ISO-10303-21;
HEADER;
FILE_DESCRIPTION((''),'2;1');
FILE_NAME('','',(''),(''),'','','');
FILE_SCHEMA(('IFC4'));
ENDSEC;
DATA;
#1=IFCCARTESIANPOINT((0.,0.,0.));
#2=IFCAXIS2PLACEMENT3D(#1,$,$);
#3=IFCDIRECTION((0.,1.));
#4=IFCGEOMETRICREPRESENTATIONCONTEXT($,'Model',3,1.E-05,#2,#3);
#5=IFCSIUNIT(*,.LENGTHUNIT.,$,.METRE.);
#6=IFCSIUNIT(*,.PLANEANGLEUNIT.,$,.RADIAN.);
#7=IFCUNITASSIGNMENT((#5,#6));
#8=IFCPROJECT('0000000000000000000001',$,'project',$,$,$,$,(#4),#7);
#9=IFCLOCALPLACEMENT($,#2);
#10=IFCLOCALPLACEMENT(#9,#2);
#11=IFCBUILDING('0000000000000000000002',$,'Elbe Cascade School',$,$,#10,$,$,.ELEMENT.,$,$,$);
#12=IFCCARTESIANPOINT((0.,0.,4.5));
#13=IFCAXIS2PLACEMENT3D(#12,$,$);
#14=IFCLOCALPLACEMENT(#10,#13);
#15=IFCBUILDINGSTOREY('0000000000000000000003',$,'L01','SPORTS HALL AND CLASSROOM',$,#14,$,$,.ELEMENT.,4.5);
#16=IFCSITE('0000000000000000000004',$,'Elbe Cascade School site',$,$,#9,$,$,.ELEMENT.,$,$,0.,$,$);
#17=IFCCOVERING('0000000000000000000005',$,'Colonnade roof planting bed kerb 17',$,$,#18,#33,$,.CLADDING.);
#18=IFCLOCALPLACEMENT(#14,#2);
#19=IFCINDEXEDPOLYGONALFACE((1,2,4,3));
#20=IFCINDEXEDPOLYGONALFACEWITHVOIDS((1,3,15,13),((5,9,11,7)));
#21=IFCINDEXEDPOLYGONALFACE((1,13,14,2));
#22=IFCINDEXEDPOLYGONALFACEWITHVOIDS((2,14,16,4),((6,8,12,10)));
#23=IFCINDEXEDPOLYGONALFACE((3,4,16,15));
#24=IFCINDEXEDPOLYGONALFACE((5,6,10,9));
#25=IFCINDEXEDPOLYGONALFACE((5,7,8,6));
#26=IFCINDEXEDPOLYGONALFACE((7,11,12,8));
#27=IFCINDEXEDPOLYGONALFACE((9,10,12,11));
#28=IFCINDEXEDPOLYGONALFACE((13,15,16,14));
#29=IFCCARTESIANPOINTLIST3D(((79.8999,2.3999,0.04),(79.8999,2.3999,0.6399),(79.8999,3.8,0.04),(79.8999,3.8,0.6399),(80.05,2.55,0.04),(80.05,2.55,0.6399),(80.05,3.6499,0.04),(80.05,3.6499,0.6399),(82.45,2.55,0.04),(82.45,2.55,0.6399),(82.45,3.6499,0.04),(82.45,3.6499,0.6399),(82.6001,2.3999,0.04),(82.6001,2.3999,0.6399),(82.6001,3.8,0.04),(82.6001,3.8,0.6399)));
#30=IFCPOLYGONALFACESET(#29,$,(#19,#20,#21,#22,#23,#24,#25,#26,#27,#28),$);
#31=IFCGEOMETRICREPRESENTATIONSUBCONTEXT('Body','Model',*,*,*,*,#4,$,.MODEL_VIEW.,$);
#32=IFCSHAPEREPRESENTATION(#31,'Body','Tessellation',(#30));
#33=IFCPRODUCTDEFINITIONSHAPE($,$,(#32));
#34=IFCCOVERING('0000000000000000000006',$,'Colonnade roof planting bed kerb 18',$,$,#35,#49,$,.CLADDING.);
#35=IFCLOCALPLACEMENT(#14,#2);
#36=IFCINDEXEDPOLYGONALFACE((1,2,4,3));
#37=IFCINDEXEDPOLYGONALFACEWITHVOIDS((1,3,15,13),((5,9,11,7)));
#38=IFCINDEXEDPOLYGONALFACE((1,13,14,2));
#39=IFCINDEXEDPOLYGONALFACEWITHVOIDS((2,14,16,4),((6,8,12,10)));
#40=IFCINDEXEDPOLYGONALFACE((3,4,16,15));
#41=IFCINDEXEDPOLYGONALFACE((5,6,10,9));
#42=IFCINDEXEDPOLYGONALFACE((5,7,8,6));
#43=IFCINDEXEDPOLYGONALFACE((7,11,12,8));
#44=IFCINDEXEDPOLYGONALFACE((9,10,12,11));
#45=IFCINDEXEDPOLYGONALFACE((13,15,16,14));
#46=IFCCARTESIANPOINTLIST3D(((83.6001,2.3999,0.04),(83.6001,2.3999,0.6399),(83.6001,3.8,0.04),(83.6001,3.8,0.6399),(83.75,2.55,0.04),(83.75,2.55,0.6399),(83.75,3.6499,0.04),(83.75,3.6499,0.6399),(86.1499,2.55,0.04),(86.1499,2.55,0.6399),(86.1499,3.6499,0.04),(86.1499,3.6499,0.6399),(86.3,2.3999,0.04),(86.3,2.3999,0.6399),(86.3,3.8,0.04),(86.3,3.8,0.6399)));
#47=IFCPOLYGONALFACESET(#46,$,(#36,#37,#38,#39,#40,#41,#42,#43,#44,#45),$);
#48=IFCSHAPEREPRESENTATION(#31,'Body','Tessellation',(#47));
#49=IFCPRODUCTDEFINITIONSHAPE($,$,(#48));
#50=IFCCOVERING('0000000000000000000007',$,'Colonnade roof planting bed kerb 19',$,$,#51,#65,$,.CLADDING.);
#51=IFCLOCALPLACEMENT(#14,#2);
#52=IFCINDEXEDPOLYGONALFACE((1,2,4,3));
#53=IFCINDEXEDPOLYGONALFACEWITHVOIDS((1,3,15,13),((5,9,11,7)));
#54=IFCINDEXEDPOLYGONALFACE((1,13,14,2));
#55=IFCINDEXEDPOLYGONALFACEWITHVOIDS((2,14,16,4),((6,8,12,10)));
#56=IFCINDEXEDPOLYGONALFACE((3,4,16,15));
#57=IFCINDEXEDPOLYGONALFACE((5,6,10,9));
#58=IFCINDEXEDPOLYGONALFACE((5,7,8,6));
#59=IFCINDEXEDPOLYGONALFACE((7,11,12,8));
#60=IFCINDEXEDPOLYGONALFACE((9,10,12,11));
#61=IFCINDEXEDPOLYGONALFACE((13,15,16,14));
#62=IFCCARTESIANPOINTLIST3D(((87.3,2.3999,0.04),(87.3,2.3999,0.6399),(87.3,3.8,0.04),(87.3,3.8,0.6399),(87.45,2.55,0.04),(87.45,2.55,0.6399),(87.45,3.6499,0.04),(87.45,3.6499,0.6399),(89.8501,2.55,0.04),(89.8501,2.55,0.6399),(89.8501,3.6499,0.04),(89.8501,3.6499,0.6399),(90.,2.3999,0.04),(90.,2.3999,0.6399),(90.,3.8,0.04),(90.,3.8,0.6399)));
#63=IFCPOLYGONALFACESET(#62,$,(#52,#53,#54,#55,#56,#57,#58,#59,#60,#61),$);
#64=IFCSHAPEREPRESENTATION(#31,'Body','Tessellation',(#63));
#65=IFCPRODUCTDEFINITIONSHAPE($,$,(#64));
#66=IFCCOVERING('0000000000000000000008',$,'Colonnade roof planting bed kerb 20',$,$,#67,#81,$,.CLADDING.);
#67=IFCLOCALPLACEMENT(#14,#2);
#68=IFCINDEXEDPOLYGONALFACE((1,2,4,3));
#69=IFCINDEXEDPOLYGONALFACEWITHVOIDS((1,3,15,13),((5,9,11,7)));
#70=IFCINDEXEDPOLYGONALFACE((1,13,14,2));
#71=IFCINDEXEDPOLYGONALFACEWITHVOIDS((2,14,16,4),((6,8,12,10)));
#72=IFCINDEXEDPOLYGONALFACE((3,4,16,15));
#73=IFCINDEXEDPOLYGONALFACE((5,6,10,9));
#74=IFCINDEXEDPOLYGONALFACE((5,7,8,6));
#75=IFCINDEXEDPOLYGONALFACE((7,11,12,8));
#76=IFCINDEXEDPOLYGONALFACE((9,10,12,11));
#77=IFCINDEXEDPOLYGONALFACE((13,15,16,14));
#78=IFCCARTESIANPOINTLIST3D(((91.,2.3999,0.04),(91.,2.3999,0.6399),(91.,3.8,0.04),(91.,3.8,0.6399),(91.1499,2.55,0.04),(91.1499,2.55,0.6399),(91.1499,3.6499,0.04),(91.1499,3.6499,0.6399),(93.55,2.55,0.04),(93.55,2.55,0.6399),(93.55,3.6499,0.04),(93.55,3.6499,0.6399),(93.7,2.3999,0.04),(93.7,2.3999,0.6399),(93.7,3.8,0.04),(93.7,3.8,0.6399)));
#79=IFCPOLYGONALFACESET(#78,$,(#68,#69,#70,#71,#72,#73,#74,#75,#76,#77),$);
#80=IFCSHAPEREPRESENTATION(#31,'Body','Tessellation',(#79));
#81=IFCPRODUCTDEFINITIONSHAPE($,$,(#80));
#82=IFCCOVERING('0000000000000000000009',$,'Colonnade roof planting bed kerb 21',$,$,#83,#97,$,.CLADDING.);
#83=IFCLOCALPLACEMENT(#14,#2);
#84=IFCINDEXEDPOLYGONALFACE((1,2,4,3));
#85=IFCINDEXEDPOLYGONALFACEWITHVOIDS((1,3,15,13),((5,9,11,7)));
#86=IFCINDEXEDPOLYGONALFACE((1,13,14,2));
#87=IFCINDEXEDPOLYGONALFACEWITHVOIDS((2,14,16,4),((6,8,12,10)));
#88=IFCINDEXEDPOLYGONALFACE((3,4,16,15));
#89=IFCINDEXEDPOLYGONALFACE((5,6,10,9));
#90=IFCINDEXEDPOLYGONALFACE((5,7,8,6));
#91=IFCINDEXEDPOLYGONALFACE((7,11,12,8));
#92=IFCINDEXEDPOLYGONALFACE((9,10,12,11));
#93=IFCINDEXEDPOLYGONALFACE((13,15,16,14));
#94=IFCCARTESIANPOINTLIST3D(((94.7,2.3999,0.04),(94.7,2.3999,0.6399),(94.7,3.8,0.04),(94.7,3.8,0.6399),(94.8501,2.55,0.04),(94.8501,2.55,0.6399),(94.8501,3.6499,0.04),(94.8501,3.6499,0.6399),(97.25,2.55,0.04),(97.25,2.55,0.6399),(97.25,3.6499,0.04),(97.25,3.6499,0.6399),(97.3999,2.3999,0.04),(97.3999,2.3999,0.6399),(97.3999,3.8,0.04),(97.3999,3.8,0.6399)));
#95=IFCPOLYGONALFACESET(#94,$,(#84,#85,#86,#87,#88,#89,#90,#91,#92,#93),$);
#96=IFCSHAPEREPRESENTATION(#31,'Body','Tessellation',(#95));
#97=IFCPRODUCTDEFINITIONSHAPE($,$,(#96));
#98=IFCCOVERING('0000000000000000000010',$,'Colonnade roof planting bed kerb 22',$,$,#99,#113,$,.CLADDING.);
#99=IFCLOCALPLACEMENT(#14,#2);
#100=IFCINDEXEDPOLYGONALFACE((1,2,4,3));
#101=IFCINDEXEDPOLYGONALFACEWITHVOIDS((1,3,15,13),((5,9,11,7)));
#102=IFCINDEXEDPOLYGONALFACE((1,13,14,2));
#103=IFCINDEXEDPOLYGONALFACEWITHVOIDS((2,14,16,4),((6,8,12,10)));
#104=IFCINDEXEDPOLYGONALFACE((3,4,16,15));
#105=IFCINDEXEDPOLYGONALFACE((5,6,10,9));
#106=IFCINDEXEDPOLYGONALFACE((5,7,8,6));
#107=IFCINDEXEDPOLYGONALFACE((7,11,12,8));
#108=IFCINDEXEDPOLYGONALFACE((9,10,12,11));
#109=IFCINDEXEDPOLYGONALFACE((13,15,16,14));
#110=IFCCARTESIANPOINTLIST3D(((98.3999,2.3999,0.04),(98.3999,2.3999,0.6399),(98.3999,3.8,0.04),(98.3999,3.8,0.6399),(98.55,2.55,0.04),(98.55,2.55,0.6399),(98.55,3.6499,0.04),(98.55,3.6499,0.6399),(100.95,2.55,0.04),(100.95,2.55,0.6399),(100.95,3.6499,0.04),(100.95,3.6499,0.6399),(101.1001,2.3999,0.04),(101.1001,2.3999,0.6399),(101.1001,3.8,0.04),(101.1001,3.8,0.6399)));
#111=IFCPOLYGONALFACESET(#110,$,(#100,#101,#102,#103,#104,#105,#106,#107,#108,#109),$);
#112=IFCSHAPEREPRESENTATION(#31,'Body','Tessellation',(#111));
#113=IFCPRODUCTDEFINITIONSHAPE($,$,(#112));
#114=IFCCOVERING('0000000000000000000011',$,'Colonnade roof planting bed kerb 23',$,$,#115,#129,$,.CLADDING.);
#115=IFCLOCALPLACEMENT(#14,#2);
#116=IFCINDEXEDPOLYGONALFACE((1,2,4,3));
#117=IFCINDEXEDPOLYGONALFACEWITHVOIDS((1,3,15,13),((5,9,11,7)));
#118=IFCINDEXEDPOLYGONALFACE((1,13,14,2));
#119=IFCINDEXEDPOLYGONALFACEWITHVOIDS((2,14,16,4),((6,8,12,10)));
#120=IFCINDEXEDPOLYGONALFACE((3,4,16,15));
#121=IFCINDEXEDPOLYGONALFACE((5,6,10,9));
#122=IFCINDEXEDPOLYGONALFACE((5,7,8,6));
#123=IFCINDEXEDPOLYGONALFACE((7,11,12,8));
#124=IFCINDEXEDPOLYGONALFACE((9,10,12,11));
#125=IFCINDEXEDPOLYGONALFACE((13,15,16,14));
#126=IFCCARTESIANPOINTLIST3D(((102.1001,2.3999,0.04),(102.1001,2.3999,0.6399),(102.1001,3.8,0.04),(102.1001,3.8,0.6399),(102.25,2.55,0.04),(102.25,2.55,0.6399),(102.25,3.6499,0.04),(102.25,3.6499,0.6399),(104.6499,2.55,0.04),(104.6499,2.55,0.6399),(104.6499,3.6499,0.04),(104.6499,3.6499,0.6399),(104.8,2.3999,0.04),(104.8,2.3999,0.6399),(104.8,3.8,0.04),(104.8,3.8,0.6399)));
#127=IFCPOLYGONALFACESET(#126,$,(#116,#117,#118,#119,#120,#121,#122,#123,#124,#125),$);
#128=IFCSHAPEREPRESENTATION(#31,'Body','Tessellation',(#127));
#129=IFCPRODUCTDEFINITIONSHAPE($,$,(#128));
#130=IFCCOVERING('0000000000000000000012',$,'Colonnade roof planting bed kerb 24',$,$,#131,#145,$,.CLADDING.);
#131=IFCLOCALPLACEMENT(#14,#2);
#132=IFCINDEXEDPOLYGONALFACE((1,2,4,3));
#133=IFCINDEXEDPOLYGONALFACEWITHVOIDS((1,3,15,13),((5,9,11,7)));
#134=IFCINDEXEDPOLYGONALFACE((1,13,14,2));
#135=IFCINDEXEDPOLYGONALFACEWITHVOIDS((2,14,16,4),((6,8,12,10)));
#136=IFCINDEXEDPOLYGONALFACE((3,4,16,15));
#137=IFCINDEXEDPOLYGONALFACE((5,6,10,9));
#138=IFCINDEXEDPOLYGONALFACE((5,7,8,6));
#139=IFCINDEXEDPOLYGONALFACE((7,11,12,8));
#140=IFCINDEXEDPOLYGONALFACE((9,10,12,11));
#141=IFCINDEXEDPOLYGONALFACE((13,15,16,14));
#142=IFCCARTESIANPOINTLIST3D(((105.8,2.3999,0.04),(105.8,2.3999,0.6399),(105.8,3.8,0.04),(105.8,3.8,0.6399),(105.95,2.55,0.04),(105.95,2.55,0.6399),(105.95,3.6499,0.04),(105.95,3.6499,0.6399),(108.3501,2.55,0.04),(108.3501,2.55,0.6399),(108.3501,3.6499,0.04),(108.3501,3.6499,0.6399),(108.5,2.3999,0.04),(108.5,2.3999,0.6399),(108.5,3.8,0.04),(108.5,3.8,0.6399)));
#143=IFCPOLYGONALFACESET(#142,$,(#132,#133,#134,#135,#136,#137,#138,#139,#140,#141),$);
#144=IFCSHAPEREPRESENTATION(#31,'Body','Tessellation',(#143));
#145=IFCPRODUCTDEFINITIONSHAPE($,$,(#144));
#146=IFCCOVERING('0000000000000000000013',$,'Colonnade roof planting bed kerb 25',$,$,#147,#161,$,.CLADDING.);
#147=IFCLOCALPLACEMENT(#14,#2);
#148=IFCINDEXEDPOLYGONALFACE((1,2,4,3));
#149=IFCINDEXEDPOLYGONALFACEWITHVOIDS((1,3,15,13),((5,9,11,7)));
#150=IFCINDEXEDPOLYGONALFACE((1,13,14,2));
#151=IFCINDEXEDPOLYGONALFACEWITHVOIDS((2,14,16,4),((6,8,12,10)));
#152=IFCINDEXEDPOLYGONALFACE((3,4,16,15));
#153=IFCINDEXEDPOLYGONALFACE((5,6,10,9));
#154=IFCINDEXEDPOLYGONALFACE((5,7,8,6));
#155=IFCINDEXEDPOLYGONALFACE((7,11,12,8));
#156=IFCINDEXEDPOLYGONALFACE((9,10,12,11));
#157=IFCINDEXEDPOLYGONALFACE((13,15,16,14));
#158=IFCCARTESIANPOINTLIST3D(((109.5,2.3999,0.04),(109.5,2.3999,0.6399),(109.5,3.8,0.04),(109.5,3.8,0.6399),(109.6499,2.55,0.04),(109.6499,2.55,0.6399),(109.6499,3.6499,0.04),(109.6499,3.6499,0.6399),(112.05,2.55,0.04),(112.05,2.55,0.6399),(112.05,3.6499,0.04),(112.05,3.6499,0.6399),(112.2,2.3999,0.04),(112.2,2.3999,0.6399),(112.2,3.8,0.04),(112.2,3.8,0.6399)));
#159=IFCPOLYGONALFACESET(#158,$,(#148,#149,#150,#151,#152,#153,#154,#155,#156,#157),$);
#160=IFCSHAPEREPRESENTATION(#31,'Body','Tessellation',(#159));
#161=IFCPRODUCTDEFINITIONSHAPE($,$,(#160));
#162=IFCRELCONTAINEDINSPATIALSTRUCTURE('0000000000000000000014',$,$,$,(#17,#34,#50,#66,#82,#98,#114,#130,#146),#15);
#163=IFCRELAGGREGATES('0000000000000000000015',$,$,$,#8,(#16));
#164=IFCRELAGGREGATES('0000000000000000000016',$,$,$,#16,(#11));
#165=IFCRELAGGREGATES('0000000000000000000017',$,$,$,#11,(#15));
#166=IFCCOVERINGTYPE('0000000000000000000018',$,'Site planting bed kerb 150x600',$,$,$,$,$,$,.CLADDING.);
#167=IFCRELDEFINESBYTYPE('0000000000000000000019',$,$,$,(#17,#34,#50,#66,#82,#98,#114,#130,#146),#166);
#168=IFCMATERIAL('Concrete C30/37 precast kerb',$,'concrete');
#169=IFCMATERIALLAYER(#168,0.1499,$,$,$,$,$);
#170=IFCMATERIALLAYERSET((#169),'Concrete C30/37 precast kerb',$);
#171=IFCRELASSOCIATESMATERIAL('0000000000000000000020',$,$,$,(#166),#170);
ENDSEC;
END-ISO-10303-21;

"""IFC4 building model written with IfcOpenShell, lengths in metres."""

from ifc_helpers import new_model, si_unit, direction, frame, origin, place, context, subcontext, project, spatial, polyline, outline, extrude, material, layer, layer_set, type_object, element, save


model = new_model("IFC4")

# Units and contexts
model_context = context("Model", 3, precision=1e-05, world=origin(), true_north=direction((0.0, 1.0)))
body_context = subcontext(model_context, "Body", "Model", "MODEL_VIEW")
ifc_project = project(units=[si_unit("LENGTHUNIT", "METRE"), si_unit("PLANEANGLEUNIT", "RADIAN")], contexts=[model_context])

# Site, building, storey
site_placement = place(None, origin())
site = spatial("IfcSite", under=ifc_project, at=site_placement, Name="Elbe Cascade School site", CompositionType="ELEMENT", RefElevation=0.0)
building_placement = place(site_placement, origin())
building = spatial("IfcBuilding", under=site, at=building_placement, Name="Elbe Cascade School", CompositionType="ELEMENT")
storey_placement = place(building_placement, frame((0.0, 0.0, 4.5)))
storey = spatial("IfcBuildingStorey", under=building, at=storey_placement, Name="L01", Description="SPORTS HALL AND CLASSROOM", CompositionType="ELEMENT", Elevation=4.5)

# Coverings
ifc_material_1 = material(Name="Concrete C30/37 precast kerb", Category="concrete")
ifc_layer_1 = layer(ifc_material_1, 0.1499)
ifc_layer_set_1 = layer_set([ifc_layer_1], Name="Concrete C30/37 precast kerb")
covering_type_1 = type_object("IfcCoveringType", Name="Site planting bed kerb 150x600", PredefinedType="CLADDING", material=ifc_layer_set_1)
covering_1_placement = place(storey_placement, frame((0.0, 0.0, 0.04)))
element("IfcCovering", 1, at=covering_1_placement, inside=storey, type_object=covering_type_1, Name="Colonnade roof planting bed kerb 17", PredefinedType="CLADDING", context=body_context, shape_type="SweptSolid", body=[
    extrude(outline(polyline([(79.8999, 2.3999), (82.6001, 2.3999), (82.6001, 3.8), (79.8999, 3.8), (79.8999, 2.3999)]), holes=[polyline([(80.05, 2.55), (82.45, 2.55), (82.45, 3.6499), (80.05, 3.6499), (80.05, 2.55)])]), origin(), (0.0, 0.0, 1.0), 0.5999),
])
covering_2_placement = place(storey_placement, frame((0.0, 0.0, 0.04)))
element("IfcCovering", 2, at=covering_2_placement, inside=storey, type_object=covering_type_1, Name="Colonnade roof planting bed kerb 18", PredefinedType="CLADDING", context=body_context, shape_type="SweptSolid", body=[
    extrude(outline(polyline([(83.6001, 2.3999), (86.3, 2.3999), (86.3, 3.8), (83.6001, 3.8), (83.6001, 2.3999)]), holes=[polyline([(83.75, 2.55), (86.1499, 2.55), (86.1499, 3.6499), (83.75, 3.6499), (83.75, 2.55)])]), origin(), (0.0, 0.0, 1.0), 0.5999),
])
covering_3_placement = place(storey_placement, frame((0.0, 0.0, 0.04)))
element("IfcCovering", 3, at=covering_3_placement, inside=storey, type_object=covering_type_1, Name="Colonnade roof planting bed kerb 19", PredefinedType="CLADDING", context=body_context, shape_type="SweptSolid", body=[
    extrude(outline(polyline([(87.3, 2.3999), (90.0, 2.3999), (90.0, 3.8), (87.3, 3.8), (87.3, 2.3999)]), holes=[polyline([(87.45, 2.55), (89.8501, 2.55), (89.8501, 3.6499), (87.45, 3.6499), (87.45, 2.55)])]), origin(), (0.0, 0.0, 1.0), 0.5999),
])
covering_4_placement = place(storey_placement, frame((0.0, 0.0, 0.04)))
element("IfcCovering", 4, at=covering_4_placement, inside=storey, type_object=covering_type_1, Name="Colonnade roof planting bed kerb 20", PredefinedType="CLADDING", context=body_context, shape_type="SweptSolid", body=[
    extrude(outline(polyline([(91.0, 2.3999), (93.7, 2.3999), (93.7, 3.8), (91.0, 3.8), (91.0, 2.3999)]), holes=[polyline([(91.1499, 2.55), (93.55, 2.55), (93.55, 3.6499), (91.1499, 3.6499), (91.1499, 2.55)])]), origin(), (0.0, 0.0, 1.0), 0.5999),
])
covering_5_placement = place(storey_placement, frame((0.0, 0.0, 0.04)))
element("IfcCovering", 5, at=covering_5_placement, inside=storey, type_object=covering_type_1, Name="Colonnade roof planting bed kerb 21", PredefinedType="CLADDING", context=body_context, shape_type="SweptSolid", body=[
    extrude(outline(polyline([(94.7, 2.3999), (97.3999, 2.3999), (97.3999, 3.8), (94.7, 3.8), (94.7, 2.3999)]), holes=[polyline([(94.8501, 2.55), (97.25, 2.55), (97.25, 3.6499), (94.8501, 3.6499), (94.8501, 2.55)])]), origin(), (0.0, 0.0, 1.0), 0.5999),
])
covering_6_placement = place(storey_placement, frame((0.0, 0.0, 0.04)))
element("IfcCovering", 6, at=covering_6_placement, inside=storey, type_object=covering_type_1, Name="Colonnade roof planting bed kerb 22", PredefinedType="CLADDING", context=body_context, shape_type="SweptSolid", body=[
    extrude(outline(polyline([(98.3999, 2.3999), (101.1001, 2.3999), (101.1001, 3.8), (98.3999, 3.8), (98.3999, 2.3999)]), holes=[polyline([(98.55, 2.55), (100.95, 2.55), (100.95, 3.6499), (98.55, 3.6499), (98.55, 2.55)])]), origin(), (0.0, 0.0, 1.0), 0.5999),
])
covering_7_placement = place(storey_placement, frame((0.0, 0.0, 0.04)))
element("IfcCovering", 7, at=covering_7_placement, inside=storey, type_object=covering_type_1, Name="Colonnade roof planting bed kerb 23", PredefinedType="CLADDING", context=body_context, shape_type="SweptSolid", body=[
    extrude(outline(polyline([(102.1001, 2.3999), (104.8, 2.3999), (104.8, 3.8), (102.1001, 3.8), (102.1001, 2.3999)]), holes=[polyline([(102.25, 2.55), (104.6499, 2.55), (104.6499, 3.6499), (102.25, 3.6499), (102.25, 2.55)])]), origin(), (0.0, 0.0, 1.0), 0.5999),
])
covering_8_placement = place(storey_placement, frame((0.0, 0.0, 0.04)))
element("IfcCovering", 8, at=covering_8_placement, inside=storey, type_object=covering_type_1, Name="Colonnade roof planting bed kerb 24", PredefinedType="CLADDING", context=body_context, shape_type="SweptSolid", body=[
    extrude(outline(polyline([(105.8, 2.3999), (108.5, 2.3999), (108.5, 3.8), (105.8, 3.8), (105.8, 2.3999)]), holes=[polyline([(105.95, 2.55), (108.3501, 2.55), (108.3501, 3.6499), (105.95, 3.6499), (105.95, 2.55)])]), origin(), (0.0, 0.0, 1.0), 0.5999),
])
covering_9_placement = place(storey_placement, frame((0.0, 0.0, 0.04)))
element("IfcCovering", 9, at=covering_9_placement, inside=storey, type_object=covering_type_1, Name="Colonnade roof planting bed kerb 25", PredefinedType="CLADDING", context=body_context, shape_type="SweptSolid", body=[
    extrude(outline(polyline([(109.5, 2.3999), (112.2, 2.3999), (112.2, 3.8), (109.5, 3.8), (109.5, 2.3999)]), holes=[polyline([(109.6499, 2.55), (112.05, 2.55), (112.05, 3.6499), (109.6499, 3.6499), (109.6499, 2.55)])]), origin(), (0.0, 0.0, 1.0), 0.5999),
])

save(model, "model.ifc")
